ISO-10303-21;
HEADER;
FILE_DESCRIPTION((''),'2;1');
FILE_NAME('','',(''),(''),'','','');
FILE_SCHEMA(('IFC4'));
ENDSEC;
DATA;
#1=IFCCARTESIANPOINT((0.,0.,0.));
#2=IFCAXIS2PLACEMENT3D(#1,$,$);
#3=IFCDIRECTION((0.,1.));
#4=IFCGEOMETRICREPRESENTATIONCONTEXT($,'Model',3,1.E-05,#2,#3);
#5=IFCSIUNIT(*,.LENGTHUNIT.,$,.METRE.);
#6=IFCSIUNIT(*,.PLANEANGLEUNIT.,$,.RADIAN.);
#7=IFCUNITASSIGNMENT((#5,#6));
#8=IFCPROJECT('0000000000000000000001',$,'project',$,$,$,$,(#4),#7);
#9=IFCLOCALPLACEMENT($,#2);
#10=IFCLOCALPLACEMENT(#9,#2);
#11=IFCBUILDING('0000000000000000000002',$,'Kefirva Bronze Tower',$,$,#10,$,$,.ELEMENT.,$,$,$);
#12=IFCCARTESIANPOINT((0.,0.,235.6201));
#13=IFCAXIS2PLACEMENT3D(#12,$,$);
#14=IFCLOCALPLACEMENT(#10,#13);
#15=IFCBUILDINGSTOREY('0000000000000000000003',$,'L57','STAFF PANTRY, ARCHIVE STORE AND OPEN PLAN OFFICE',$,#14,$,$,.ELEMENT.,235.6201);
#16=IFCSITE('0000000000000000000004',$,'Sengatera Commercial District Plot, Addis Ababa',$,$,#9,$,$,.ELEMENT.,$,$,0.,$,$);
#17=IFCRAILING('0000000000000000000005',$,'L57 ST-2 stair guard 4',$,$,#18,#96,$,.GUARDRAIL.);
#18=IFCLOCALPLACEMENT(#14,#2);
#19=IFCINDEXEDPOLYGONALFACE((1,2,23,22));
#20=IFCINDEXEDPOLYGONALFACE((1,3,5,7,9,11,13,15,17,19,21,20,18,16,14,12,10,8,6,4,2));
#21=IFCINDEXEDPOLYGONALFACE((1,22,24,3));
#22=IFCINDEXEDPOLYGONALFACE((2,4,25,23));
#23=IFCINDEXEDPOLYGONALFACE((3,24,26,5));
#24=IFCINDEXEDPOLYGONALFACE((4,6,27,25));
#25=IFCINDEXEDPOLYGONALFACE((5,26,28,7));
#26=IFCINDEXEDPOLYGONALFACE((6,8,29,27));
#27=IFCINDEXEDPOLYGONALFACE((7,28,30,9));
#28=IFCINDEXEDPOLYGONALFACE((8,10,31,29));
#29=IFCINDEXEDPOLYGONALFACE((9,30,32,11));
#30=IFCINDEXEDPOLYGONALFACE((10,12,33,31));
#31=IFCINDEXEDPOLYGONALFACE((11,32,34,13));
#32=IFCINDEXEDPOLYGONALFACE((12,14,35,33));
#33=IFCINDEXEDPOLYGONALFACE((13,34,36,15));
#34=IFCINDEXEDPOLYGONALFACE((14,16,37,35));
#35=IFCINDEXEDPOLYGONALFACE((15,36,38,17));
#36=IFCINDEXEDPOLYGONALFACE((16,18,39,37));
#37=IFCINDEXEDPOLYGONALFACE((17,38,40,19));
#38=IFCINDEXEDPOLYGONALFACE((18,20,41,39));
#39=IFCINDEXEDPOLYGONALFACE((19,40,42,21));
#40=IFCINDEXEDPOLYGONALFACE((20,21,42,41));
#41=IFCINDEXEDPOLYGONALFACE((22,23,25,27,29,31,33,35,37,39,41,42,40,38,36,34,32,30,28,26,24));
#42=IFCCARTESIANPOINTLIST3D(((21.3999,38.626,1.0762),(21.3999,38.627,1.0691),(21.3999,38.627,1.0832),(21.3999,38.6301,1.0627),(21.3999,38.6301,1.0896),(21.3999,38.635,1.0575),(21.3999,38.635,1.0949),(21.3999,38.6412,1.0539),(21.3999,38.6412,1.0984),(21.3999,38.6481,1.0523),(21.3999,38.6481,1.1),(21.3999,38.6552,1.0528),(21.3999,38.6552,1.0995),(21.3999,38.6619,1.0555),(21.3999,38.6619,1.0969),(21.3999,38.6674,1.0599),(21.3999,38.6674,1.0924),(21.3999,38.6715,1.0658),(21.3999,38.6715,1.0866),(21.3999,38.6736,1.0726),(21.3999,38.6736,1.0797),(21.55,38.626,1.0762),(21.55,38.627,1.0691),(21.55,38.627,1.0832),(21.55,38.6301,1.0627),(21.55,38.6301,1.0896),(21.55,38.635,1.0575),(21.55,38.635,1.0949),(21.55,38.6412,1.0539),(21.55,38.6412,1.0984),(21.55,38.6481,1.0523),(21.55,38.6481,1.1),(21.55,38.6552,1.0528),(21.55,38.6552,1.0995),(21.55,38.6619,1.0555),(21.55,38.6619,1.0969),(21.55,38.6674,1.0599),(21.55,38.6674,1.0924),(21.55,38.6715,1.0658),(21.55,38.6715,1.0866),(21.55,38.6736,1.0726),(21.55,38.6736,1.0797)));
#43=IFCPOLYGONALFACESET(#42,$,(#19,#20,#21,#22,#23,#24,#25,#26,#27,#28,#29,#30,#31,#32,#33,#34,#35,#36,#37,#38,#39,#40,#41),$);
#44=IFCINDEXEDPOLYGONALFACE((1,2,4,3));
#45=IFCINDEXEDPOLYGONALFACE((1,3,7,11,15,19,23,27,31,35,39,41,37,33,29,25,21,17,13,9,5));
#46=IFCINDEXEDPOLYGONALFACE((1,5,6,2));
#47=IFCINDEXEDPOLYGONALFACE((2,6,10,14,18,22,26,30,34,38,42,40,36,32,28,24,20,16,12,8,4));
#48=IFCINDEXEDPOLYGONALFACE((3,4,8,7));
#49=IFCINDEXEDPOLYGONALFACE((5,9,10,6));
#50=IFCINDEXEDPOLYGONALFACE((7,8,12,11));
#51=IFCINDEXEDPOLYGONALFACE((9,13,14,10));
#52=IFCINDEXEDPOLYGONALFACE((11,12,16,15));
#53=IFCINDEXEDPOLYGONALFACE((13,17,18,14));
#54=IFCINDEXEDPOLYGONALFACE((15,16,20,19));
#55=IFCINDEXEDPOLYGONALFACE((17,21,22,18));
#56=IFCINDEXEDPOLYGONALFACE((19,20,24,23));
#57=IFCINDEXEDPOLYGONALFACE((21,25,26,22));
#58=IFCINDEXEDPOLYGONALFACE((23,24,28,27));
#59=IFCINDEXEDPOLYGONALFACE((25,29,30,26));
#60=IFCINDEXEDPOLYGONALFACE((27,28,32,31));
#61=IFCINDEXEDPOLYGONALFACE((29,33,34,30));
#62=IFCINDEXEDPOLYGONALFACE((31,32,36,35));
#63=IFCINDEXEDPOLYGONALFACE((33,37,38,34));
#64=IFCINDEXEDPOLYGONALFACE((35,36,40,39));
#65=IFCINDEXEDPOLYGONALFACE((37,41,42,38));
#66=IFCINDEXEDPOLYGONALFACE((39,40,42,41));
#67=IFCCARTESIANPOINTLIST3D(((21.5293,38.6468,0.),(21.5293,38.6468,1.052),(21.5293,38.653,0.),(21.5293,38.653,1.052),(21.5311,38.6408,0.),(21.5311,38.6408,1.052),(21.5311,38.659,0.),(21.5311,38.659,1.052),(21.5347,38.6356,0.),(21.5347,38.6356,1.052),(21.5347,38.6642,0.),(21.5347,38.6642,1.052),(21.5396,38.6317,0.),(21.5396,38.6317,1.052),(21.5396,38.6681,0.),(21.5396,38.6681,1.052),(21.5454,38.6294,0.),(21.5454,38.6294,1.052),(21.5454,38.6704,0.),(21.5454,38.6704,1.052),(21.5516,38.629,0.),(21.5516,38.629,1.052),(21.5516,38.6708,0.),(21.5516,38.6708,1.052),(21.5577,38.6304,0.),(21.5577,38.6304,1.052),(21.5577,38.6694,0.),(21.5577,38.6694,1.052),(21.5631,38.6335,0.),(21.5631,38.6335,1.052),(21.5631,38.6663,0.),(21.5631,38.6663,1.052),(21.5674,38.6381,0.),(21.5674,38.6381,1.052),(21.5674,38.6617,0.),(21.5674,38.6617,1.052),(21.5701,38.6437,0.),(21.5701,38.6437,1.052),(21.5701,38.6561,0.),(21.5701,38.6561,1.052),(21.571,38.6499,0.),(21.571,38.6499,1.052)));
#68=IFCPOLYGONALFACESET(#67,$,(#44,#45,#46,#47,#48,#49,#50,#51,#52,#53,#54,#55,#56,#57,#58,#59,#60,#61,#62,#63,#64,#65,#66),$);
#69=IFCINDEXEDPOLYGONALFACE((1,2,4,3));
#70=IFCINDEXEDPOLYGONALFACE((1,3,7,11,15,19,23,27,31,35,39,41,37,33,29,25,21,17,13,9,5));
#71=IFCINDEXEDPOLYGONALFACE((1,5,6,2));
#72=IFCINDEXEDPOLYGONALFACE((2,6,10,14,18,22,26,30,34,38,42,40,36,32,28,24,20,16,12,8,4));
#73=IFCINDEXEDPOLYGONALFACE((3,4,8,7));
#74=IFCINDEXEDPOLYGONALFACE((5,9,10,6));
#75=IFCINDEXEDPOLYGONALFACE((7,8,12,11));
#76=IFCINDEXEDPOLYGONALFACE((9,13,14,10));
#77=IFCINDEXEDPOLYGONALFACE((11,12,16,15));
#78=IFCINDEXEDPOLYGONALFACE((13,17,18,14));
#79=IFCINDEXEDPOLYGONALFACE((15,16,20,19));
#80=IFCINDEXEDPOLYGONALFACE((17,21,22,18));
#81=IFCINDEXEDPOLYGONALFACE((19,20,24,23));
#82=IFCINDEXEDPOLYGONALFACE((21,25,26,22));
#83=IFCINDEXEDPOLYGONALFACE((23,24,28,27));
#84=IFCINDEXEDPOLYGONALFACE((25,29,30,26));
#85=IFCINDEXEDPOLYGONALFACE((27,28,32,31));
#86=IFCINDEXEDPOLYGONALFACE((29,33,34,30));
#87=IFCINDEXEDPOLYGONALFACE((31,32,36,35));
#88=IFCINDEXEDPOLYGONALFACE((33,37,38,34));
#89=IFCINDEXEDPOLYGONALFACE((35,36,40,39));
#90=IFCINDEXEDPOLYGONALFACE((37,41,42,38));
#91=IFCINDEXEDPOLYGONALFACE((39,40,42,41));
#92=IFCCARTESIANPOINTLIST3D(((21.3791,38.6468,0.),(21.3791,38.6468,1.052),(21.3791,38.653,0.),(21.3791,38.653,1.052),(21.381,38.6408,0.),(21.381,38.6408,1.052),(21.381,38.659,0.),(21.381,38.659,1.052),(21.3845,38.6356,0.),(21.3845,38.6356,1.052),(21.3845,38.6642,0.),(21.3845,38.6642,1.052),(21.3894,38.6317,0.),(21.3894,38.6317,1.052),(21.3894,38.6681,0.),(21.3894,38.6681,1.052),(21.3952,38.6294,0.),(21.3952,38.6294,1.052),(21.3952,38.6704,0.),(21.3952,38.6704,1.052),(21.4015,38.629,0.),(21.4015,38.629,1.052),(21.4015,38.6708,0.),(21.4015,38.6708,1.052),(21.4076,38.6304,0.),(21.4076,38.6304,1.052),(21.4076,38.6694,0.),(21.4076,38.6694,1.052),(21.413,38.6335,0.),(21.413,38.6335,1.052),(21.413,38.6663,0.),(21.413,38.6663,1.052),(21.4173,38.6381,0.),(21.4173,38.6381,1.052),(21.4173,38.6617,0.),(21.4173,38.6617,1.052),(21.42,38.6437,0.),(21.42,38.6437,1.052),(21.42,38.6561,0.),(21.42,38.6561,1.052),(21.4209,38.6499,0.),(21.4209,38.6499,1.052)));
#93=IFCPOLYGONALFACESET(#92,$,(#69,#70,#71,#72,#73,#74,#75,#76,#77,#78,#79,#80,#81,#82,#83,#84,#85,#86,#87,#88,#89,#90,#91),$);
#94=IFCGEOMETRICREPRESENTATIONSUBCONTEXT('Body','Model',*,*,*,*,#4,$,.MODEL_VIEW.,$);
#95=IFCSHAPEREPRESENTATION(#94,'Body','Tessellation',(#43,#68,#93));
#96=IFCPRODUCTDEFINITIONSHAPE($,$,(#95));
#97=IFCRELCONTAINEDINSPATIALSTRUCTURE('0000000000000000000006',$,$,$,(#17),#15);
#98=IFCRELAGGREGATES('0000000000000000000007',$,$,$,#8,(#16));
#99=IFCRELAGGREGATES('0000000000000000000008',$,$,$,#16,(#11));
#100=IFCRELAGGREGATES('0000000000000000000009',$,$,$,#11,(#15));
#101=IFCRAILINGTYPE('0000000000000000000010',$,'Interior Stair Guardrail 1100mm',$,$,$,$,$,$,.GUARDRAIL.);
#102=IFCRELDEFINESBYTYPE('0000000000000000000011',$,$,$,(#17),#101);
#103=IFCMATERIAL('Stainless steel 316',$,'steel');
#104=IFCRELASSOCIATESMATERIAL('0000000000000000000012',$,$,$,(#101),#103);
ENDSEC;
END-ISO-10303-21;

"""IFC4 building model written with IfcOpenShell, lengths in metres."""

from ifc_helpers import new_model, si_unit, direction, frame, origin, origin_2d, place, context, subcontext, project, spatial, circle, extrude, material, type_object, element, save


model = new_model("IFC4")

# Units and contexts
model_context = context("Model", 3, precision=1e-05, world=origin(), true_north=direction((0.0, 1.0)))
body_context = subcontext(model_context, "Body", "Model", "MODEL_VIEW")
ifc_project = project(units=[si_unit("LENGTHUNIT", "METRE"), si_unit("PLANEANGLEUNIT", "RADIAN")], contexts=[model_context])

# Site, building, storey
site_placement = place(None, origin())
site = spatial("IfcSite", under=ifc_project, at=site_placement, Name="Sengatera Commercial District Plot, Addis Ababa", CompositionType="ELEMENT", RefElevation=0.0)
building_placement = place(site_placement, origin())
building = spatial("IfcBuilding", under=site, at=building_placement, Name="Kefirva Bronze Tower", CompositionType="ELEMENT")
storey_placement = place(building_placement, frame((0.0, 0.0, 235.6201)))
storey = spatial("IfcBuildingStorey", under=building, at=storey_placement, Name="L57", Description="STAFF PANTRY, ARCHIVE STORE AND OPEN PLAN OFFICE", CompositionType="ELEMENT", Elevation=235.6201)

# Shared definitions
ifc_material_1 = material(Name="Stainless steel 316", Category="steel")

# Railing
railing_type_1 = type_object("IfcRailingType", Name="Interior Stair Guardrail 1100mm", PredefinedType="GUARDRAIL", material=ifc_material_1)
railing_1_placement = place(storey_placement, frame((21.55, 38.6499, 0.0)))
element("IfcRailing", 1, at=railing_1_placement, inside=storey, type_object=railing_type_1, Name="L57 ST-2 stair guard 4", PredefinedType="GUARDRAIL", context=body_context, shape_type="SweptSolid", body=[
    extrude(circle(Radius=0.0239, at=origin_2d()), frame((0.0, 0.0, 1.0762), z_axis=(-1.0, 0.0, 0.0), x_axis=(0.0, -1.0, 0.0)), (0.0, 0.0, 1.0), 0.1501),
    extrude(circle(Radius=0.021, at=origin_2d()), origin(), (0.0, 0.0, 1.0), 1.052),
    extrude(circle(Radius=0.021, at=origin_2d()), frame((-0.1501, 0.0, 0.0)), (0.0, 0.0, 1.0), 1.052),
])

save(model, "model.ifc")
